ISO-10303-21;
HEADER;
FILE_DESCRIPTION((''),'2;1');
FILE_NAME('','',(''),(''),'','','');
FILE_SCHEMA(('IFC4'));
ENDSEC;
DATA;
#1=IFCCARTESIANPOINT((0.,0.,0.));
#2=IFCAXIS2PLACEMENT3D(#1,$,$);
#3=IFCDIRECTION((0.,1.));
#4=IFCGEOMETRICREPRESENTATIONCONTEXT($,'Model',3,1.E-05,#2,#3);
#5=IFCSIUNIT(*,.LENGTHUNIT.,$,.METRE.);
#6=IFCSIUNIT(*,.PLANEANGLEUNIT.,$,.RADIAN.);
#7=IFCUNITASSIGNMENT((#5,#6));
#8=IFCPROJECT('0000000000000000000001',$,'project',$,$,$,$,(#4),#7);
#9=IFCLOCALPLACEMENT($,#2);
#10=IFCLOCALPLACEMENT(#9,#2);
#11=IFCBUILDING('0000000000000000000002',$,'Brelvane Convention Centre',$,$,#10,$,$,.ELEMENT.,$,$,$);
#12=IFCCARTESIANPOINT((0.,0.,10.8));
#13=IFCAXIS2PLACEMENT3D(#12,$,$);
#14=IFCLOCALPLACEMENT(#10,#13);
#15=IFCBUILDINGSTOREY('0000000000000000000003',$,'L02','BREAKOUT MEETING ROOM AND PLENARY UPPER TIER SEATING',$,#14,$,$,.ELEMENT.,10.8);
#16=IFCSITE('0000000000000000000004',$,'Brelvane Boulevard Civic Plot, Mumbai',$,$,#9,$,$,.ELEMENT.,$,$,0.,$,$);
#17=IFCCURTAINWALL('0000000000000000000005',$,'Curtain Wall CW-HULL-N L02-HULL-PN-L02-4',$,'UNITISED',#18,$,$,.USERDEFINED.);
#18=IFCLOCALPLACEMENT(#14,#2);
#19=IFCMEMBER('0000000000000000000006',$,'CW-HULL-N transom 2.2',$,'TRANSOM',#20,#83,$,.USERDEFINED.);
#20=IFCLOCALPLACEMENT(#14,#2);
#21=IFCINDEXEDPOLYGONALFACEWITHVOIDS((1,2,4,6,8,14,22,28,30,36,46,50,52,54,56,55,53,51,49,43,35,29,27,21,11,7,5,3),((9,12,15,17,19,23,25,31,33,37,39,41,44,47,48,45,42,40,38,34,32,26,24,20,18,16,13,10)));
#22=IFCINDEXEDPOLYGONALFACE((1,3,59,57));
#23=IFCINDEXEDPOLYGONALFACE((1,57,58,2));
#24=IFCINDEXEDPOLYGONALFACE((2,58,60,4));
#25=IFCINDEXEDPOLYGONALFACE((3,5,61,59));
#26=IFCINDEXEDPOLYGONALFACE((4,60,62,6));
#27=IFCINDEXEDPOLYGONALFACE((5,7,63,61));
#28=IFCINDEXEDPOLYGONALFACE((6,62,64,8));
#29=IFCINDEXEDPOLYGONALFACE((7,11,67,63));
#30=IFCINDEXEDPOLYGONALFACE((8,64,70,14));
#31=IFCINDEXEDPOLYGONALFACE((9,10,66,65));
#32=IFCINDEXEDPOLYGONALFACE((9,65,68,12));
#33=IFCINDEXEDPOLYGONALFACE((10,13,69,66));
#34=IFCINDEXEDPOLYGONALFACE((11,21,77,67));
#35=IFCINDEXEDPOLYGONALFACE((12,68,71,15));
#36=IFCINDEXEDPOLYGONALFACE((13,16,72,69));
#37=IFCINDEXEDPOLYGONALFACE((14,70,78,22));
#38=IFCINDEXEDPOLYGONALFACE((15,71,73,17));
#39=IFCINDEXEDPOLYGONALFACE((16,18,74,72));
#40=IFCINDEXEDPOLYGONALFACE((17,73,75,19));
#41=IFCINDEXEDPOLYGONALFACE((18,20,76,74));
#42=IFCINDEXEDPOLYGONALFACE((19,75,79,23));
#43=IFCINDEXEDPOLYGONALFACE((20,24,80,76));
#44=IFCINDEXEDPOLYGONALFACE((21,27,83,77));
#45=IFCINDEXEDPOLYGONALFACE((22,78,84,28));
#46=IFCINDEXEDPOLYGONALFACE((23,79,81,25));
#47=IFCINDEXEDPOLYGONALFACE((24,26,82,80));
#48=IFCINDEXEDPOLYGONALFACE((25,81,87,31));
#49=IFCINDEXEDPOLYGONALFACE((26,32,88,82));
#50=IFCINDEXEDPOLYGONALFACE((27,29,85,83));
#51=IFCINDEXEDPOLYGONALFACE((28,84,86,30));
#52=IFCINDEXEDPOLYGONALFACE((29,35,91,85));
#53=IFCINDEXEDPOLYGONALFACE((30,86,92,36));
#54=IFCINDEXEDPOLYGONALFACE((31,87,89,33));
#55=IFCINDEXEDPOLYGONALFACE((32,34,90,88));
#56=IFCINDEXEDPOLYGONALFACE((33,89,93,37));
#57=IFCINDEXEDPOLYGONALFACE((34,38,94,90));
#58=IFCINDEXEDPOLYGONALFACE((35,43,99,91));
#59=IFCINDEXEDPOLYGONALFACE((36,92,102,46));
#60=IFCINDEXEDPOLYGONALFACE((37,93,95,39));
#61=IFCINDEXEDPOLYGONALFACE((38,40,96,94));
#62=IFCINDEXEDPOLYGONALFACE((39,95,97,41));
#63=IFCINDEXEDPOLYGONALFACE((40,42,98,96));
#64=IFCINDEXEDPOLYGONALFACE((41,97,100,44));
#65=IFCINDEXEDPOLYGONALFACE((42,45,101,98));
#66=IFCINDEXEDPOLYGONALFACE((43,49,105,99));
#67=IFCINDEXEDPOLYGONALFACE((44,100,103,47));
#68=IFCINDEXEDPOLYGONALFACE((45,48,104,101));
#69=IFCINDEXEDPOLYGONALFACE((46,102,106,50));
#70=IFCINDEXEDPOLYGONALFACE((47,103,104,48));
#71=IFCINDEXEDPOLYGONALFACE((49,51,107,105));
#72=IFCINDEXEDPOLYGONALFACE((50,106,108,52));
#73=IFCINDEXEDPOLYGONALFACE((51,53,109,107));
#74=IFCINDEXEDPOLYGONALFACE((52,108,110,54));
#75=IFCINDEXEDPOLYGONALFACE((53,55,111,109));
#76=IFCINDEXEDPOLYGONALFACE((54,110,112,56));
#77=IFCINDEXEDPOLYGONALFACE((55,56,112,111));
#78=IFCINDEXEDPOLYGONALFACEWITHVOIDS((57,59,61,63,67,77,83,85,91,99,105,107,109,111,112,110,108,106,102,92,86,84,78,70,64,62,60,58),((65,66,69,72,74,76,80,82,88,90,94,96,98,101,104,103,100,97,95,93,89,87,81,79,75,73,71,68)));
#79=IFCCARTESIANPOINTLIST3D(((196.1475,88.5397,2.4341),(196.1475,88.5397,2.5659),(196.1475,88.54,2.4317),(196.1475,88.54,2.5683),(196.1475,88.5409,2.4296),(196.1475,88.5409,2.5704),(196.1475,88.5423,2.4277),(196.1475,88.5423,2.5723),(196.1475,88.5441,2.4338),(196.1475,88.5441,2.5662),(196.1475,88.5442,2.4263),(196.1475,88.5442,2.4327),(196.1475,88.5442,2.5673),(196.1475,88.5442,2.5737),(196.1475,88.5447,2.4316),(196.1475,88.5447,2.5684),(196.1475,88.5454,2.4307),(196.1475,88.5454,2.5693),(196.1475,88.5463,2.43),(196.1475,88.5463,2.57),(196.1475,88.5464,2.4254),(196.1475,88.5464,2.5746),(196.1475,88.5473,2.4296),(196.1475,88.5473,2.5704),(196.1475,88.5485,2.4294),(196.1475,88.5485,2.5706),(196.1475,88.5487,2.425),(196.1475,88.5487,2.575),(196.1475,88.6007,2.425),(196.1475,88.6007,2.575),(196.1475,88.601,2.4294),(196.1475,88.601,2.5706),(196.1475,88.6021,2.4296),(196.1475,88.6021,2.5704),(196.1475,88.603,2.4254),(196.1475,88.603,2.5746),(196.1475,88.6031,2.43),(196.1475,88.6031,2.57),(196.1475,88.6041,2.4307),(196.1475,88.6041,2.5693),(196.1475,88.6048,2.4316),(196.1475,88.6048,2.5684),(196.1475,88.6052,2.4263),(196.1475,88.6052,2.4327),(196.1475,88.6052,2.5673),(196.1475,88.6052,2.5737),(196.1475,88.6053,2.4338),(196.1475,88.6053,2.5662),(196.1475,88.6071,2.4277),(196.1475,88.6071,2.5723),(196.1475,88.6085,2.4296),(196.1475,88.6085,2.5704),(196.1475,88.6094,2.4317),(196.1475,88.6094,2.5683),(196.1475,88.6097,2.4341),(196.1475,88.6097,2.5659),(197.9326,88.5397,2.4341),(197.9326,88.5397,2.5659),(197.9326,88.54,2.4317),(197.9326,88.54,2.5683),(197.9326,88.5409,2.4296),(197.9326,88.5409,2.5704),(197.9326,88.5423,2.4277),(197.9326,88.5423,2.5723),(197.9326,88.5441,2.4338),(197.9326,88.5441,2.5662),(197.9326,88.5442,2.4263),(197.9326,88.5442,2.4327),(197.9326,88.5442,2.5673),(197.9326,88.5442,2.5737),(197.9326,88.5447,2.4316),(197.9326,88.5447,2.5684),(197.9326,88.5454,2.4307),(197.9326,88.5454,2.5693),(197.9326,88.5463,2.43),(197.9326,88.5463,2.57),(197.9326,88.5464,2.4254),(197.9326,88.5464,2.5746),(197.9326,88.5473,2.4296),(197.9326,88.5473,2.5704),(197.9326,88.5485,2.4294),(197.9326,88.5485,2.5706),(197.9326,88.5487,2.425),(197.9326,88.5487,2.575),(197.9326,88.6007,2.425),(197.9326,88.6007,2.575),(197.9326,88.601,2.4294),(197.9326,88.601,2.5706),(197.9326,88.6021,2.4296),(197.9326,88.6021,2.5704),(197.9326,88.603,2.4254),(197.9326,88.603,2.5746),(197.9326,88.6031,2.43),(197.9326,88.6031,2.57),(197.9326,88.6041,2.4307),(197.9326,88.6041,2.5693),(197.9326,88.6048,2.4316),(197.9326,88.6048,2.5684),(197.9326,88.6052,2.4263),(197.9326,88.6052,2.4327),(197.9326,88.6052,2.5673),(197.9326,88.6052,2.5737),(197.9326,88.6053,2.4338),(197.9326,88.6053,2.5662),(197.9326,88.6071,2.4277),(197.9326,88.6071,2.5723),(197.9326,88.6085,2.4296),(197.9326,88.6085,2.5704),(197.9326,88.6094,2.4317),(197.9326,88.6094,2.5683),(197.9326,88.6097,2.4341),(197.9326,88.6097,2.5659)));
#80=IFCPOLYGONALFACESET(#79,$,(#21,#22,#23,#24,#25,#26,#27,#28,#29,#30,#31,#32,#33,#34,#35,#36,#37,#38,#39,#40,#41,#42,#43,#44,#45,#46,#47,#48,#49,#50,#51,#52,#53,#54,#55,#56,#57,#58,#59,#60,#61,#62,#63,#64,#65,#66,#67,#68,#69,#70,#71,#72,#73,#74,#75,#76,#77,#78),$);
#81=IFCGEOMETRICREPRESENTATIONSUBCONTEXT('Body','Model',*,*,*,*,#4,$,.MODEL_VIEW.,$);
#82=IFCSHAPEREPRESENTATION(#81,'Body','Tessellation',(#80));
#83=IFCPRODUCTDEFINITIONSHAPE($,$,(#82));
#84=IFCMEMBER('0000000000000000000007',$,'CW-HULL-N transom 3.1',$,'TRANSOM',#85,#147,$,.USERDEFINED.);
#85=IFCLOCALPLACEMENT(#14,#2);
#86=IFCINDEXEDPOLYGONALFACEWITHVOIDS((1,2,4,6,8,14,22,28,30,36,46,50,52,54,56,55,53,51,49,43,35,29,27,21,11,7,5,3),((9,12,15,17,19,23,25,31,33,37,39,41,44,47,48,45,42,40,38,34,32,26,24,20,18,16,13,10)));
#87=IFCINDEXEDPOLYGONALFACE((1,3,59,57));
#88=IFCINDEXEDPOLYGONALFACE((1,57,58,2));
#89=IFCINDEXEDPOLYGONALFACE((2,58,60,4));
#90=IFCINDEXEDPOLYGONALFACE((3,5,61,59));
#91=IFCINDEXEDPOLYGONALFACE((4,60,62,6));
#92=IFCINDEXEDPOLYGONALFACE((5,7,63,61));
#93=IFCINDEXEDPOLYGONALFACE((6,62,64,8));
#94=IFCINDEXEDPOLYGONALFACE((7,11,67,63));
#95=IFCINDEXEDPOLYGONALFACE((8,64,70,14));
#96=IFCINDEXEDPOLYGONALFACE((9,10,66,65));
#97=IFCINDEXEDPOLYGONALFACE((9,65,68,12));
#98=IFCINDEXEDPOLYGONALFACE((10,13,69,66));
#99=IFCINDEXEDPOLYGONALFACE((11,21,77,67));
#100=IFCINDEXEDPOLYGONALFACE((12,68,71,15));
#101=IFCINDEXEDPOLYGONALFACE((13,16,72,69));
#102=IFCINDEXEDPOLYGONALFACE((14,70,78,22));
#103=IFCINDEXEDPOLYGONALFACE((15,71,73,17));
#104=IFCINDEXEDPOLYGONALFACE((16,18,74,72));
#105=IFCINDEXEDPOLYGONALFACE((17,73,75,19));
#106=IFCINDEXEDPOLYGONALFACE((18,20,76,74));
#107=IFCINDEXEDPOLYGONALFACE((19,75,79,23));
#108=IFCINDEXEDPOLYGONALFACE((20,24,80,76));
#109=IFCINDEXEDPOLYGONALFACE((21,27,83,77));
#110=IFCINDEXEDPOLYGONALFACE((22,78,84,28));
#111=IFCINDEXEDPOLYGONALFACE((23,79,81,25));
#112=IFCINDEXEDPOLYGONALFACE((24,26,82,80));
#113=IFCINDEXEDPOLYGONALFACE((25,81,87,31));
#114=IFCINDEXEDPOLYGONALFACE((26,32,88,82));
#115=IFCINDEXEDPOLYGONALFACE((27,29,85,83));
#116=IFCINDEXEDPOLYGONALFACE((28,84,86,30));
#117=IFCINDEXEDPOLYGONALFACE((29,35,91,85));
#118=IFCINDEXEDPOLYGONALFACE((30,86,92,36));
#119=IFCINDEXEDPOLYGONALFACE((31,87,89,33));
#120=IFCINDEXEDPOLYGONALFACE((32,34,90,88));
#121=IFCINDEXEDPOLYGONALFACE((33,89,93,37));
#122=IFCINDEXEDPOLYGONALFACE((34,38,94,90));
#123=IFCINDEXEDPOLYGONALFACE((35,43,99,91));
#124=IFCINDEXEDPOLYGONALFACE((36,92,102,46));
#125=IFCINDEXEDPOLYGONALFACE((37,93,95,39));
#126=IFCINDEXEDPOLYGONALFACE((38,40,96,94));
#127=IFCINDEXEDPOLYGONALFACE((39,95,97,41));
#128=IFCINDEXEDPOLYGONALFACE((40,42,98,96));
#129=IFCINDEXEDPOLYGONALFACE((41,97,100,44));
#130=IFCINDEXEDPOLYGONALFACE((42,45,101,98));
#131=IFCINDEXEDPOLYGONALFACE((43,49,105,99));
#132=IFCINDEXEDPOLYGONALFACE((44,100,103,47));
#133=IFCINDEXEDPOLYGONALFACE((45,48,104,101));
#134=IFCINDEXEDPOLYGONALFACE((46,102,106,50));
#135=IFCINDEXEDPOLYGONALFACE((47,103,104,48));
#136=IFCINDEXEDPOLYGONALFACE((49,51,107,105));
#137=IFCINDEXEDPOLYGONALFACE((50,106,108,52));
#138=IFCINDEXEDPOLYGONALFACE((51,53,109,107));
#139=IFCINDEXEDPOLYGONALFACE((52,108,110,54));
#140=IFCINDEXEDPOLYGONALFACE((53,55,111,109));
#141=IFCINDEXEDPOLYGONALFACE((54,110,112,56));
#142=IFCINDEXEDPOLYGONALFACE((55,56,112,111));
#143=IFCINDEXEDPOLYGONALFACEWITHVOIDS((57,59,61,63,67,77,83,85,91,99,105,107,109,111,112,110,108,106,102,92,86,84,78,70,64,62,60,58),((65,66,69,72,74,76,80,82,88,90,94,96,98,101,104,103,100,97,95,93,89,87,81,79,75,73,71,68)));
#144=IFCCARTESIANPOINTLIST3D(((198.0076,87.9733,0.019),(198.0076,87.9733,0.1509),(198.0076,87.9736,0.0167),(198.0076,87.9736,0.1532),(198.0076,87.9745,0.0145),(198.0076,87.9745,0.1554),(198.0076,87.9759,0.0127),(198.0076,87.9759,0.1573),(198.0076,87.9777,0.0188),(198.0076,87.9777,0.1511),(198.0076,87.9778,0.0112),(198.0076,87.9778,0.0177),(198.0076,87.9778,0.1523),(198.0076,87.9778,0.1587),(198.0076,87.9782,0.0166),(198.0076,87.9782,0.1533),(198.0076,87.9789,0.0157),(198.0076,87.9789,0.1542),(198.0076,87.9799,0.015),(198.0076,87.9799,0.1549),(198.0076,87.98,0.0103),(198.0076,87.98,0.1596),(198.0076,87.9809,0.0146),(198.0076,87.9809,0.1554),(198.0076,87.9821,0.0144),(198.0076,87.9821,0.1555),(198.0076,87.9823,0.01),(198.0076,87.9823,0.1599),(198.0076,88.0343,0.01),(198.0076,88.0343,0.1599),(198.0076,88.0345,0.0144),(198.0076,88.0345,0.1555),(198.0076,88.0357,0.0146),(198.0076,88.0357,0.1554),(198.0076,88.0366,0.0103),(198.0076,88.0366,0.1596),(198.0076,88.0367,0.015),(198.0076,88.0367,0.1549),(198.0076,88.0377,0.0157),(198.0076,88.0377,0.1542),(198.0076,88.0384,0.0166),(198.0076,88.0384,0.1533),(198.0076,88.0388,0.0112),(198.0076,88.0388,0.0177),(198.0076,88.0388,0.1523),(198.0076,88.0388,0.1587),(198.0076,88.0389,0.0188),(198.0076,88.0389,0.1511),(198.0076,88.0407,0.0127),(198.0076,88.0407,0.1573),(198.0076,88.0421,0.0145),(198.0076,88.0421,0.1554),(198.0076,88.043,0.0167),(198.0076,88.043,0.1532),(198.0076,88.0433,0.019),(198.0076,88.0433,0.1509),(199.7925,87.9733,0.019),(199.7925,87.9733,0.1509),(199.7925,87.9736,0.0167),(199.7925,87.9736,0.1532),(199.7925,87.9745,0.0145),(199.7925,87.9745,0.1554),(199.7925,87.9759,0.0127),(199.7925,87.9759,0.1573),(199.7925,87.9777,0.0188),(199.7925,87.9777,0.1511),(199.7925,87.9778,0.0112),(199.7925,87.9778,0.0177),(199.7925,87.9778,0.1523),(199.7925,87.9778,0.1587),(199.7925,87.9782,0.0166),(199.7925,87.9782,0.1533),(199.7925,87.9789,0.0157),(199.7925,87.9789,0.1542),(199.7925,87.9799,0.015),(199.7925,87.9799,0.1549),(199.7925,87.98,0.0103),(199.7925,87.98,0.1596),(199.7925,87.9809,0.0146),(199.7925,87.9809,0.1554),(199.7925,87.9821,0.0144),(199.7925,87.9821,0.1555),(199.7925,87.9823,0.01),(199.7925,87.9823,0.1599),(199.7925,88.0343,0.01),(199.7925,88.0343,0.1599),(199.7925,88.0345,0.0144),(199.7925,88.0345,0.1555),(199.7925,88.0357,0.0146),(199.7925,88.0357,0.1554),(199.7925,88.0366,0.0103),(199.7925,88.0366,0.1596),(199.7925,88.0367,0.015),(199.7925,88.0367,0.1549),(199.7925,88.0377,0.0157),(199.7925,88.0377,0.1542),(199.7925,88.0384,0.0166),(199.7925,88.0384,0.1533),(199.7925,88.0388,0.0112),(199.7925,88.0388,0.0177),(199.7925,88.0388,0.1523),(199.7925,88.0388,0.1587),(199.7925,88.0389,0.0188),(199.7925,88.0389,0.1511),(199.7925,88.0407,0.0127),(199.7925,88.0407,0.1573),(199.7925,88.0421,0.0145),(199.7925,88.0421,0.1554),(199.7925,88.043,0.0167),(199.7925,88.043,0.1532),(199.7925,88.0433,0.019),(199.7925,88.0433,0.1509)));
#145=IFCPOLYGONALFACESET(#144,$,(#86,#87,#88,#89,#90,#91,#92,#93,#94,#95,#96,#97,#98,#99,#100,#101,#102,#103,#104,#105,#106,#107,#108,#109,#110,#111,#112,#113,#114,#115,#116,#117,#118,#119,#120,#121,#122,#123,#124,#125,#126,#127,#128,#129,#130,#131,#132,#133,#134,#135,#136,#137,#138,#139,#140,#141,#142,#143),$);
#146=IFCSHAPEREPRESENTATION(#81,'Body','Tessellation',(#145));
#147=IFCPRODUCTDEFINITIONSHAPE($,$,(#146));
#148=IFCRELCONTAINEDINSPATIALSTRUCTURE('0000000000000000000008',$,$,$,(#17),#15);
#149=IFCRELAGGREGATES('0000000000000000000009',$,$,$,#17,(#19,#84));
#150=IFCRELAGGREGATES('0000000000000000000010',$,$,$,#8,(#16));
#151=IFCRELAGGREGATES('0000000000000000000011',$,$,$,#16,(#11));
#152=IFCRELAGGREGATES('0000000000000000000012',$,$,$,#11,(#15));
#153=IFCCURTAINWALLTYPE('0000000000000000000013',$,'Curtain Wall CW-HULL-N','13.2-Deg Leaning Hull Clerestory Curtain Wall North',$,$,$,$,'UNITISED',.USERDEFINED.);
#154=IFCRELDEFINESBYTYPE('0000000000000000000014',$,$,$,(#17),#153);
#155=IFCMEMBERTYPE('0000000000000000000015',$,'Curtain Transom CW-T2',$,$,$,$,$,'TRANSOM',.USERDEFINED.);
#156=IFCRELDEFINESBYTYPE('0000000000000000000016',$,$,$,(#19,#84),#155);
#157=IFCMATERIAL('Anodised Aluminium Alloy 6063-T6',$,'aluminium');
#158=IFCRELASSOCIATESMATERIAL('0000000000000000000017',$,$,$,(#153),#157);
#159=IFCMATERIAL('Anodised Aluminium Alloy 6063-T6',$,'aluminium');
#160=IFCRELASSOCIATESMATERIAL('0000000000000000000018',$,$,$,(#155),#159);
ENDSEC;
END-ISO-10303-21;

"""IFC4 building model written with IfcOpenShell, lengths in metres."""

from ifc_helpers import new_model, si_unit, direction, frame, origin, origin_2d, place, context, subcontext, project, spatial, hollow_rectangle, extrude, material, material_profile, profile_set, type_object, element, aggregate, save


model = new_model("IFC4")

# Units and contexts
model_context = context("Model", 3, precision=1e-05, world=origin(), true_north=direction((0.0, 1.0)))
body_context = subcontext(model_context, "Body", "Model", "MODEL_VIEW")
ifc_project = project(units=[si_unit("LENGTHUNIT", "METRE"), si_unit("PLANEANGLEUNIT", "RADIAN")], contexts=[model_context])

# Site, building, storey
site_placement = place(None, origin())
site = spatial("IfcSite", under=ifc_project, at=site_placement, Name="Brelvane Boulevard Civic Plot, Mumbai", CompositionType="ELEMENT", RefElevation=0.0)
building_placement = place(site_placement, origin())
building = spatial("IfcBuilding", under=site, at=building_placement, Name="Brelvane Convention Centre", CompositionType="ELEMENT")
storey_placement = place(building_placement, frame((0.0, 0.0, 10.8)))
storey = spatial("IfcBuildingStorey", under=building, at=storey_placement, Name="L02", Description="BREAKOUT MEETING ROOM AND PLENARY UPPER TIER SEATING", CompositionType="ELEMENT", Elevation=10.8)

# Curtain wall
ifc_material_1 = material(Name="Anodised Aluminium Alloy 6063-T6", Category="aluminium")
curtain_wall_type = type_object("IfcCurtainWallType", Name="Curtain Wall CW-HULL-N", Description="13.2-Deg Leaning Hull Clerestory Curtain Wall North", ElementType="UNITISED", PredefinedType="USERDEFINED", material=ifc_material_1)
curtain_wall_1_placement = place(storey_placement, origin())
curtain_wall_1 = element("IfcCurtainWall", 1, at=curtain_wall_1_placement, inside=storey, type_object=curtain_wall_type, Name="Curtain Wall CW-HULL-N L02-HULL-PN-L02-4", ObjectType="UNITISED", PredefinedType="USERDEFINED")

# Members
ifc_material_2 = material(Name="Anodised Aluminium Alloy 6063-T6", Category="aluminium")
ifc_material_profile_1 = material_profile(ifc_material_2, hollow_rectangle(XDim=0.0701, YDim=0.1499, WallThickness=0.0044, InnerFilletRadius=0.0044, OuterFilletRadius=0.009, at=origin_2d()), Name="ALU-T 150x70x4.5")
ifc_profile_set_1 = profile_set([ifc_material_profile_1], Name="Anodised Aluminium Alloy 6063-T6")
member_type_1 = type_object("IfcMemberType", Name="Curtain Transom CW-T2", ElementType="TRANSOM", PredefinedType="USERDEFINED", material=ifc_profile_set_1)
member_1_placement = place(storey_placement, frame((196.1475, 88.5747, 2.5), z_axis=(1.0, 0.0, 0.0), x_axis=(0.0, 1.0, 0.0)))
member_1 = element("IfcMember", 2, at=member_1_placement, type_object=member_type_1, Name="CW-HULL-N transom 2.2", ObjectType="TRANSOM", PredefinedType="USERDEFINED", context=body_context, shape_type="SweptSolid", body=[
    extrude(hollow_rectangle(XDim=0.0701, YDim=0.1499, WallThickness=0.0044, InnerFilletRadius=0.0044, OuterFilletRadius=0.009, at=origin_2d()), origin(), (0.0, 0.0, 1.0), 1.7852),
])
member_2_placement = place(storey_placement, frame((198.0076, 88.0083, 0.085), z_axis=(1.0, 0.0, 0.0), x_axis=(0.0, 1.0, 0.0)))
member_2 = element("IfcMember", 3, at=member_2_placement, type_object=member_type_1, Name="CW-HULL-N transom 3.1", ObjectType="TRANSOM", PredefinedType="USERDEFINED", context=body_context, shape_type="SweptSolid", body=[
    extrude(hollow_rectangle(XDim=0.0701, YDim=0.1499, WallThickness=0.0044, InnerFilletRadius=0.0044, OuterFilletRadius=0.009, at=origin_2d()), origin(), (0.0, 0.0, 1.0), 1.7849),
])

aggregate(curtain_wall_1, [member_1, member_2])

save(model, "model.ifc")
